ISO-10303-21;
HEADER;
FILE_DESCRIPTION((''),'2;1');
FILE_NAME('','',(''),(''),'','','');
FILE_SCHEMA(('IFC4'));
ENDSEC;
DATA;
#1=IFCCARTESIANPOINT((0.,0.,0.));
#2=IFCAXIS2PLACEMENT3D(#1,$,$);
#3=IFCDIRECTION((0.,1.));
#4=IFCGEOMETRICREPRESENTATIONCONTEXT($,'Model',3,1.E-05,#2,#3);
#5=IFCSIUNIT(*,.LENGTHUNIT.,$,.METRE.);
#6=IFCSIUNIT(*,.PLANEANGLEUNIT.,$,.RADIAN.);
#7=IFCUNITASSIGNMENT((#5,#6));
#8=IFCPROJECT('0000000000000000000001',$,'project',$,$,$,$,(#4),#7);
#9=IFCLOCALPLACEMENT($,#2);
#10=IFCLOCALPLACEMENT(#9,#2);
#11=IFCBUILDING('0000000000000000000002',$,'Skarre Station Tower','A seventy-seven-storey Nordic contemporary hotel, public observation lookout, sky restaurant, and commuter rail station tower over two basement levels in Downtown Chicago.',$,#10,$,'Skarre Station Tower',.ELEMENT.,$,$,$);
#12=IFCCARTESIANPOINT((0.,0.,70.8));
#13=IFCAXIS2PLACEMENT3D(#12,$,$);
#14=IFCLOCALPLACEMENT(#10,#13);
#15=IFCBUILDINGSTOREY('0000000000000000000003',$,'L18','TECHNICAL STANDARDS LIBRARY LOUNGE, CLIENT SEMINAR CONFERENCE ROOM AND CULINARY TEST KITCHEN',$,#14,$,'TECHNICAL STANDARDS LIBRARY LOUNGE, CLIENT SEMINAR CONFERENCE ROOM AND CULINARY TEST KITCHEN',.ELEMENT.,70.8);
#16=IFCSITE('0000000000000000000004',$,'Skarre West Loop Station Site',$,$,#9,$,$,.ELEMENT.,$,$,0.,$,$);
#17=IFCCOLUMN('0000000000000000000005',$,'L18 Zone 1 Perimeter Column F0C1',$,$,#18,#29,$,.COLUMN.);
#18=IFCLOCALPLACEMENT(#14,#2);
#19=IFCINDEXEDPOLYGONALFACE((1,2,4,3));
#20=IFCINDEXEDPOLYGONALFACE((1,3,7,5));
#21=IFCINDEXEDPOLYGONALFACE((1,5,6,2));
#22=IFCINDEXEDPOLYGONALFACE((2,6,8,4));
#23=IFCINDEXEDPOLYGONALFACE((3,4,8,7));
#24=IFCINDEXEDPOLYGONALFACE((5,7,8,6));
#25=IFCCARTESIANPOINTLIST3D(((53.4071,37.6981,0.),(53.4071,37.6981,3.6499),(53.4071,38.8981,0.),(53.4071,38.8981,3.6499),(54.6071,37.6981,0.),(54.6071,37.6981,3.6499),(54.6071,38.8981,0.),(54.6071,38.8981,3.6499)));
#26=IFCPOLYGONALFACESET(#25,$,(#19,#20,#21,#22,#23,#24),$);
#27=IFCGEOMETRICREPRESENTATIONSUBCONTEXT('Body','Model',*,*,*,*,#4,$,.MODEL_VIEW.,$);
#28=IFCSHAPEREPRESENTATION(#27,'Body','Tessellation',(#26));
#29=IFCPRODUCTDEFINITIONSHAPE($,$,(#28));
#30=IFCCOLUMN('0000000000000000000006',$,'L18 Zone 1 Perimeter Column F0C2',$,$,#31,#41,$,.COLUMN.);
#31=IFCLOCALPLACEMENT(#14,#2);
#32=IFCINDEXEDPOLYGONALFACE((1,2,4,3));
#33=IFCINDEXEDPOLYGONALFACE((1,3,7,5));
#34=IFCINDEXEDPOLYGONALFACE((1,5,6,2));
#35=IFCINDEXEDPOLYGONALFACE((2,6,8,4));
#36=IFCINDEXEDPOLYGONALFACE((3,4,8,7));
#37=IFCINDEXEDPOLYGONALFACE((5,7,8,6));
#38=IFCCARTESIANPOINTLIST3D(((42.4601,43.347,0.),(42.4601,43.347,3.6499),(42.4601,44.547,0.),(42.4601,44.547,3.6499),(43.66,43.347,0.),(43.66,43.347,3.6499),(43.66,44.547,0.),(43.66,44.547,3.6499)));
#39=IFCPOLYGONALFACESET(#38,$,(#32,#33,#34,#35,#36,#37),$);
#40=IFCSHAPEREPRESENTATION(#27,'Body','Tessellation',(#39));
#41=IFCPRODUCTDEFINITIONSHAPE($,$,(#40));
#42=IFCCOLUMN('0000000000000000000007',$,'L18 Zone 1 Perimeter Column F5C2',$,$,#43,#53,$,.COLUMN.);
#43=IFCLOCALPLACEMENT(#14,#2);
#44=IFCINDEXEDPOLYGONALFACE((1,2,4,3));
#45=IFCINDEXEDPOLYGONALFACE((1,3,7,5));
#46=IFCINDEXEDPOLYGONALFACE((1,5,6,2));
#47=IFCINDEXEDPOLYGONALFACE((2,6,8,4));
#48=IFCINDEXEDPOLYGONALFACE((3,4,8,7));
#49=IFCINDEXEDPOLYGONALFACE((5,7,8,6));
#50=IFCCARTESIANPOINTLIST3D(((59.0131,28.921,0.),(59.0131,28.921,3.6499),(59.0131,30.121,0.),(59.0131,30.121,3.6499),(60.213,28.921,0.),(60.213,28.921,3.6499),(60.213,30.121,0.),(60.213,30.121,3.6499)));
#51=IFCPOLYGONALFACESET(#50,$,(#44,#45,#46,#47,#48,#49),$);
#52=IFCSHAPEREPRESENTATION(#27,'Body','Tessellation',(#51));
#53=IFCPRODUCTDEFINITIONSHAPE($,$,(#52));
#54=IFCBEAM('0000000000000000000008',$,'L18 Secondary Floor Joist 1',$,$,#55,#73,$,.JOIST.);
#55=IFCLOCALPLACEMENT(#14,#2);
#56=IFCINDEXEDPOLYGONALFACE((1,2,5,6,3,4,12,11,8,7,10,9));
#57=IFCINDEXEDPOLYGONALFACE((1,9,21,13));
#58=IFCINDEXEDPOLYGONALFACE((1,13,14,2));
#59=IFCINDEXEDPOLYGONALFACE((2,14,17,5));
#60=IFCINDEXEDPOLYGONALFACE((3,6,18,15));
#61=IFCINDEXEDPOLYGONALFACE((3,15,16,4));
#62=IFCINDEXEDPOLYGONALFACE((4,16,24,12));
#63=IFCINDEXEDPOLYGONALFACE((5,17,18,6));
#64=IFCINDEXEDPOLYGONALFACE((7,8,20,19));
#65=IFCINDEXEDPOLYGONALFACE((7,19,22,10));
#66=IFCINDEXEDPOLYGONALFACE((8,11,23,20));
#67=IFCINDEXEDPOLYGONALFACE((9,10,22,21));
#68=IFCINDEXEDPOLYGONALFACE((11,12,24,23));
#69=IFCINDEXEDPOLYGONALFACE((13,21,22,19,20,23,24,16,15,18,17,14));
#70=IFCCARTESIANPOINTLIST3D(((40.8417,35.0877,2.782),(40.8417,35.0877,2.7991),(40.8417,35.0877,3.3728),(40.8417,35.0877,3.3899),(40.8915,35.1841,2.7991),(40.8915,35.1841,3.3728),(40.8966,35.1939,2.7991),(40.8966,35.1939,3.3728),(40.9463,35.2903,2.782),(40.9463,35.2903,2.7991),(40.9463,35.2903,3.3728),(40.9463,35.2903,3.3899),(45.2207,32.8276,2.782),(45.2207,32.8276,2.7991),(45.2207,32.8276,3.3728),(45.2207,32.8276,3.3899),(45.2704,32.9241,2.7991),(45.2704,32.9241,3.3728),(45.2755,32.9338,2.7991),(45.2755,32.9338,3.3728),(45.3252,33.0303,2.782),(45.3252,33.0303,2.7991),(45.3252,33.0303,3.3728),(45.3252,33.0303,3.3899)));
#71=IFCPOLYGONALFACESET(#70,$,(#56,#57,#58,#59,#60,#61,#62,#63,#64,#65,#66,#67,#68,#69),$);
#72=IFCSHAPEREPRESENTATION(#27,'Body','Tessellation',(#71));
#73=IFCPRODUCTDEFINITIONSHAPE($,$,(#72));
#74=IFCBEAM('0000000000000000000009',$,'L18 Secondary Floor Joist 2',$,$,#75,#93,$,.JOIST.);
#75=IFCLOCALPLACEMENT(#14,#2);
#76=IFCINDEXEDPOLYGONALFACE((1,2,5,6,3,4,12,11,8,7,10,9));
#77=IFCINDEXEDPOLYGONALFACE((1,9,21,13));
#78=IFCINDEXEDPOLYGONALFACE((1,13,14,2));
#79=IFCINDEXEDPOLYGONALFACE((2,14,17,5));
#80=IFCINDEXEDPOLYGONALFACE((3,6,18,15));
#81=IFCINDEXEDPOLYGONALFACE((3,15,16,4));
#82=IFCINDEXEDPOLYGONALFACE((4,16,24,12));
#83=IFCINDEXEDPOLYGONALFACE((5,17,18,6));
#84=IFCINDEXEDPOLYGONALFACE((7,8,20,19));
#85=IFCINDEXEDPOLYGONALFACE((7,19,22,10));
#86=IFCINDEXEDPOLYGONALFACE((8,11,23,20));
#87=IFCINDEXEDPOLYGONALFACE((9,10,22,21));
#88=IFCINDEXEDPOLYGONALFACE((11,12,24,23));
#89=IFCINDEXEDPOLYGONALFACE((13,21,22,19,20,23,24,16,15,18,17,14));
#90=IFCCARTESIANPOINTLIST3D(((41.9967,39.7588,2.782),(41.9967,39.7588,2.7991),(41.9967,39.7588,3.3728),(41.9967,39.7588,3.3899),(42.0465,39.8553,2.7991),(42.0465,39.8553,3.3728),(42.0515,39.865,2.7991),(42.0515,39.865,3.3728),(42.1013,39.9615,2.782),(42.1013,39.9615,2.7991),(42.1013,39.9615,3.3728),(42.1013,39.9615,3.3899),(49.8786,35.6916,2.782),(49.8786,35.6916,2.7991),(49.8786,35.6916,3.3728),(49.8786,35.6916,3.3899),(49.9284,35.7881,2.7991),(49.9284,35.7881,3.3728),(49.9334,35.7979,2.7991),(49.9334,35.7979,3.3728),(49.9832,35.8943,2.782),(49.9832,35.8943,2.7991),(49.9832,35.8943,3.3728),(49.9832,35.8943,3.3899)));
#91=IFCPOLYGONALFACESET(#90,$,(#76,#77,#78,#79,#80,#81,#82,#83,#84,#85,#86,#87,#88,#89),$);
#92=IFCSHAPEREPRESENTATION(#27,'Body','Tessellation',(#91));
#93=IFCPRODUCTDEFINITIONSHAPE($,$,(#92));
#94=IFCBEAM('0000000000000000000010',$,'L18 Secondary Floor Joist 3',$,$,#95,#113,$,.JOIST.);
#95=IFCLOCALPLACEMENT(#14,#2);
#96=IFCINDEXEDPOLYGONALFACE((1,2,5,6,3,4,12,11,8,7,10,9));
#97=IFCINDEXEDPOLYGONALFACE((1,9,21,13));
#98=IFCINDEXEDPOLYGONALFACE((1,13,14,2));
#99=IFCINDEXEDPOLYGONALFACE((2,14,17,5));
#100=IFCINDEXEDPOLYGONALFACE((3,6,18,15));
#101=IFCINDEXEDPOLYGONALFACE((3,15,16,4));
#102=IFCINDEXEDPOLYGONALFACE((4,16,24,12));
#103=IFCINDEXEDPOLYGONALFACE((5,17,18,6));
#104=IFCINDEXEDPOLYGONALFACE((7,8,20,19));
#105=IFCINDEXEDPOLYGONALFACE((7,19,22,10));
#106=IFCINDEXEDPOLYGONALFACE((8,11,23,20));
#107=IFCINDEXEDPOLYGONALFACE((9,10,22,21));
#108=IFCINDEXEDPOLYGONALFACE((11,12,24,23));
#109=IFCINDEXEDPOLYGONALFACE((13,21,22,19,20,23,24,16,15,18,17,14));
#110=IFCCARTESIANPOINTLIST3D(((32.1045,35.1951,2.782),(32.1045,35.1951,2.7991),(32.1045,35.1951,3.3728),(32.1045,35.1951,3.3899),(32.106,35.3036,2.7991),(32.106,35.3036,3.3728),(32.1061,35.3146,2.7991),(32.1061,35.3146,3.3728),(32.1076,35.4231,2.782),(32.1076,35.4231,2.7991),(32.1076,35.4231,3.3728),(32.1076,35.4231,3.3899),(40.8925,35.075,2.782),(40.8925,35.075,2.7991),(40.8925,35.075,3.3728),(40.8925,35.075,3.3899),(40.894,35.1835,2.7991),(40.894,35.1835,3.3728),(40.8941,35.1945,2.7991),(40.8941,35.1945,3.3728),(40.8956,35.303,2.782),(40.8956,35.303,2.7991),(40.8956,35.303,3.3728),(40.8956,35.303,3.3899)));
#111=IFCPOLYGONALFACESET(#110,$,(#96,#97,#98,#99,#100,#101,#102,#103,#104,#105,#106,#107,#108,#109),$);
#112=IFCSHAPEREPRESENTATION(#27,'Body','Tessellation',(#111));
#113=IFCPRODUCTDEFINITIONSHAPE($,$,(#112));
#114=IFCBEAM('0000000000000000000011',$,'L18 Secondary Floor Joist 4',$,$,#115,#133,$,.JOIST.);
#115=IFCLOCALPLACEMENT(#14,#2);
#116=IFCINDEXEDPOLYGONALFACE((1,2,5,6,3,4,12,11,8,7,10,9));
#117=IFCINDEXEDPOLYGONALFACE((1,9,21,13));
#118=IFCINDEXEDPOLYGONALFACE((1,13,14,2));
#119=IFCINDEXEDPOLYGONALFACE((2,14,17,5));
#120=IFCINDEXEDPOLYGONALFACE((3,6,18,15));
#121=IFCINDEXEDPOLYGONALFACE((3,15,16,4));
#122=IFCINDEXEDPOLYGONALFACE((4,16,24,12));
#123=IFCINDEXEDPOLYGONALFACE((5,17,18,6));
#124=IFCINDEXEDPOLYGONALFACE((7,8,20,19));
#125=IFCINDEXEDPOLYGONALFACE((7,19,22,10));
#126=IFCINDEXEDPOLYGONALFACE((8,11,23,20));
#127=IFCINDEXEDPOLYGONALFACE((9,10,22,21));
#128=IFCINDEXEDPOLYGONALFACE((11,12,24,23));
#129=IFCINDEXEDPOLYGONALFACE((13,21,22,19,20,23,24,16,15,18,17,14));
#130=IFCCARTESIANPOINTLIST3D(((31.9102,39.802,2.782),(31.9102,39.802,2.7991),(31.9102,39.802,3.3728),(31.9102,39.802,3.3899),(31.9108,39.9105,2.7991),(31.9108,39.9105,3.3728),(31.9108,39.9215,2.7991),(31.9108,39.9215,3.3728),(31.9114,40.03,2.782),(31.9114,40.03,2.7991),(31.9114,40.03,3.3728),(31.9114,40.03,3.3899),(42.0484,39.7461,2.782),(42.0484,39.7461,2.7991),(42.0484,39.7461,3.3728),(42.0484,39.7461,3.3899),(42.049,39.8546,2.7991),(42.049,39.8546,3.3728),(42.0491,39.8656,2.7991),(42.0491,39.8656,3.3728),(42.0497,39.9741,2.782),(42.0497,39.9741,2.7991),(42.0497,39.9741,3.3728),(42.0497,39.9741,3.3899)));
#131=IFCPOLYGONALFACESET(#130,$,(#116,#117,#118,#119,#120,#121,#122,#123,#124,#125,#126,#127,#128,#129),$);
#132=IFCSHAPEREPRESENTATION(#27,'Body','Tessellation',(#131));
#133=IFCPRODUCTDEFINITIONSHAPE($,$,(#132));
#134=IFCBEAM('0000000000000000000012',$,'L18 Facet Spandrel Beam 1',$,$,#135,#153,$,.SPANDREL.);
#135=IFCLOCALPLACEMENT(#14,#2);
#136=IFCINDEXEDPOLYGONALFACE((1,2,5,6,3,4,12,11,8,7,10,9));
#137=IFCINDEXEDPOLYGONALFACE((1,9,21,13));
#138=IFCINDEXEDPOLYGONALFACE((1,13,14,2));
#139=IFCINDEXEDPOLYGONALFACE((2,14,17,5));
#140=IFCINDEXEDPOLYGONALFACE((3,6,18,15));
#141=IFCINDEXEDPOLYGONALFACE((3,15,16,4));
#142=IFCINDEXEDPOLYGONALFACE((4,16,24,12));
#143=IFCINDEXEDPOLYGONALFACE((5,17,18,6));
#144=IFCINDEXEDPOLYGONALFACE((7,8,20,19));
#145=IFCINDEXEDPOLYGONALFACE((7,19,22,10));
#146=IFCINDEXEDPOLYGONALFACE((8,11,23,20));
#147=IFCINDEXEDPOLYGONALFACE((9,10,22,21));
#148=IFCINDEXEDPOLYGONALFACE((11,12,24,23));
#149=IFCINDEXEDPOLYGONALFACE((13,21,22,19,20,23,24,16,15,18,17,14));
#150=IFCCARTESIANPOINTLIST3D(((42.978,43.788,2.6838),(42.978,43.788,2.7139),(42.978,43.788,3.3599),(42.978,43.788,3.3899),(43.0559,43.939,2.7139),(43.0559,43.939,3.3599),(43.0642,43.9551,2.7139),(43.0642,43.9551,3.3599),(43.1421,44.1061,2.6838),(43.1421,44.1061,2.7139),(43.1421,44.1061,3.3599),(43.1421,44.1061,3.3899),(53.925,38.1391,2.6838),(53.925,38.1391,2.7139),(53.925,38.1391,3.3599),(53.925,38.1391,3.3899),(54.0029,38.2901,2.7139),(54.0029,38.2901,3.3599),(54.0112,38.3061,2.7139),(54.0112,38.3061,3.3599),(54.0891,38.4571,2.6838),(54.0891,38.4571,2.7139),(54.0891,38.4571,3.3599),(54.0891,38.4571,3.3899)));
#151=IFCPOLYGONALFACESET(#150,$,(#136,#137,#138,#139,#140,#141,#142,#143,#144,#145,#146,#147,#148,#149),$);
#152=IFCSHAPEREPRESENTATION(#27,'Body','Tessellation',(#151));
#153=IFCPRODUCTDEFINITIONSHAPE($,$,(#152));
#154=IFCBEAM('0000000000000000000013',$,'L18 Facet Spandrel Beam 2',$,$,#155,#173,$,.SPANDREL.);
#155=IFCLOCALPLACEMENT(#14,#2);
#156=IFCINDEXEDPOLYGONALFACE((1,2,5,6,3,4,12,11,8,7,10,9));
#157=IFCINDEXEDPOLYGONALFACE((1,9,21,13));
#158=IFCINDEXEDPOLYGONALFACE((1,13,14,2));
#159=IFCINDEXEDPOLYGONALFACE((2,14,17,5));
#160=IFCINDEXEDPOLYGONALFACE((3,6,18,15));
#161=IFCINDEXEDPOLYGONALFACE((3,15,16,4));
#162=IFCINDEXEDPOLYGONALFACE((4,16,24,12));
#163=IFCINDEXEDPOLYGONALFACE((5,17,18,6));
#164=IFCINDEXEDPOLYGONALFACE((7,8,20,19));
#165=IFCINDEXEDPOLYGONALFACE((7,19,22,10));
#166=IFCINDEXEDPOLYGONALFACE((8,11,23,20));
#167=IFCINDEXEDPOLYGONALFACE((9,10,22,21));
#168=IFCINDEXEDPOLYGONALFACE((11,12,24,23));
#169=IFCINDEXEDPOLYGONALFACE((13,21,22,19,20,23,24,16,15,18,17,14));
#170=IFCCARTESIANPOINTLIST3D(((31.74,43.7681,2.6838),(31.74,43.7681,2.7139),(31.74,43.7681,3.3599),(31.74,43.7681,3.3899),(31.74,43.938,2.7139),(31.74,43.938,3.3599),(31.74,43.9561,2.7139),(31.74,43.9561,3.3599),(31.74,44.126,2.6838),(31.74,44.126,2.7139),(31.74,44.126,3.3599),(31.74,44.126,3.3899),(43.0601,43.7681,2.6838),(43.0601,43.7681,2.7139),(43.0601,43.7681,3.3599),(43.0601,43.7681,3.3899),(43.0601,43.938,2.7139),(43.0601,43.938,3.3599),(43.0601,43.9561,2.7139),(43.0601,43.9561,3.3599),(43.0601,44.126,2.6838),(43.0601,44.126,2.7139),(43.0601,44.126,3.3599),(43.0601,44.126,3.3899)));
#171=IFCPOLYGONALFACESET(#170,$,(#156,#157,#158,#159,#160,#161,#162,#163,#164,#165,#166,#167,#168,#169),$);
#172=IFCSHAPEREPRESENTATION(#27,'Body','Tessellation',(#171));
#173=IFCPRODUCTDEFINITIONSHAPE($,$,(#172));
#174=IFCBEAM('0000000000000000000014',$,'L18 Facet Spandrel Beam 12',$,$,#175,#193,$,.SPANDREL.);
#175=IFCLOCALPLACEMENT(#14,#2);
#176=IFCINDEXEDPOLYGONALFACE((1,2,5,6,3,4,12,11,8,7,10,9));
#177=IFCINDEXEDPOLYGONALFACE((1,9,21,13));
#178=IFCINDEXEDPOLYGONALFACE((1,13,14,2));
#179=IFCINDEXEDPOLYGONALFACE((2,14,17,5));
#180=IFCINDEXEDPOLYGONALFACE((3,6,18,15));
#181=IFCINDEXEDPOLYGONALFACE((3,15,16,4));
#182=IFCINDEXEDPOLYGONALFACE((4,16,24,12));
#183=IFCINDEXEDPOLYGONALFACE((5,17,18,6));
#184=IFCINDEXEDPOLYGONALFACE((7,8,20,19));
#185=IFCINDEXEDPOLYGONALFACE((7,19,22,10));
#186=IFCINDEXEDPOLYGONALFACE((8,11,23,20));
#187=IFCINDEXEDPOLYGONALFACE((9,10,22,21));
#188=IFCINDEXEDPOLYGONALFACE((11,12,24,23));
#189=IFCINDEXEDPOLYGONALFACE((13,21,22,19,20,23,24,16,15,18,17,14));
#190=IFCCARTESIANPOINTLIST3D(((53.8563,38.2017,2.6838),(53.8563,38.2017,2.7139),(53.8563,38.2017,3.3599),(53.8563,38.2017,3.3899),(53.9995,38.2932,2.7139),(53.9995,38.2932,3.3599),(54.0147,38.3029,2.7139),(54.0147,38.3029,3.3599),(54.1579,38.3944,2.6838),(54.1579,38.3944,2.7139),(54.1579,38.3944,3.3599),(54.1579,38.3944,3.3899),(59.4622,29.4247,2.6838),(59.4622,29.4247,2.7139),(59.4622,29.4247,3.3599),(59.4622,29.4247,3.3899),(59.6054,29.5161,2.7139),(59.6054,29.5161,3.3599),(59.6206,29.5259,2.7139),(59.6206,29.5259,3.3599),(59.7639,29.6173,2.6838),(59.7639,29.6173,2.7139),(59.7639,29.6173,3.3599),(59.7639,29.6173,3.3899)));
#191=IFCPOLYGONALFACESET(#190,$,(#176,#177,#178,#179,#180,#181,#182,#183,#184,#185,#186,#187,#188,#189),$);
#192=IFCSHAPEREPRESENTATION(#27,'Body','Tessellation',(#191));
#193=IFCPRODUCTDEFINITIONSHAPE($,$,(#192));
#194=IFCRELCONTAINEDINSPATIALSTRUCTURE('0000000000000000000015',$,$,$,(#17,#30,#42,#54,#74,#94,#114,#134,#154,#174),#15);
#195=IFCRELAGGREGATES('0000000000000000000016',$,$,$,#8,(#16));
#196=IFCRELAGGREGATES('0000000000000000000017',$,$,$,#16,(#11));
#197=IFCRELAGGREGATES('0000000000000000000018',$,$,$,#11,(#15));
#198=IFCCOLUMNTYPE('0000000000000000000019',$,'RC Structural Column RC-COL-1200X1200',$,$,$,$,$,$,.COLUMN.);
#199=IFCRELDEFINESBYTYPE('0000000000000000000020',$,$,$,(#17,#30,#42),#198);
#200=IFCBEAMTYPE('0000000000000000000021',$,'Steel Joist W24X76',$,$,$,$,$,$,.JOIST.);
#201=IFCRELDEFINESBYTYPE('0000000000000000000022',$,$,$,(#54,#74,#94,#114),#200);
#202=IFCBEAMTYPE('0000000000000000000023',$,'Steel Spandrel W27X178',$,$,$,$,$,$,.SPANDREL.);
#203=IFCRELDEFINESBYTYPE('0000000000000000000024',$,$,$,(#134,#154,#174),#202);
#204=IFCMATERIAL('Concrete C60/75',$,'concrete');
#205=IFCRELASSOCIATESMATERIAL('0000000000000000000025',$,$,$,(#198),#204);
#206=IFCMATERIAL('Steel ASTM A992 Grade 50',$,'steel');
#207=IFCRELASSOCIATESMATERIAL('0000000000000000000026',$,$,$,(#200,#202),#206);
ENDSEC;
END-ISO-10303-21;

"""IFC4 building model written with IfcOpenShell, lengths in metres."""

from ifc_helpers import new_model, si_unit, direction, frame, origin, origin_2d, place, context, subcontext, project, spatial, rectangle, i_section, extrude, material, material_profile, profile_set, type_object, element, save


model = new_model("IFC4")

# Units and contexts
model_context = context("Model", 3, precision=1e-05, world=origin(), true_north=direction((0.0, 1.0)))
body_context = subcontext(model_context, "Body", "Model", "MODEL_VIEW")
ifc_project = project(units=[si_unit("LENGTHUNIT", "METRE"), si_unit("PLANEANGLEUNIT", "RADIAN")], contexts=[model_context])

# Site, building, storey
site_placement = place(None, origin())
site = spatial("IfcSite", under=ifc_project, at=site_placement, Name="Skarre West Loop Station Site", CompositionType="ELEMENT", RefElevation=0.0)
building_placement = place(site_placement, origin())
building = spatial("IfcBuilding", under=site, at=building_placement, Name="Skarre Station Tower", Description="A seventy-seven-storey Nordic contemporary hotel, public observation lookout, sky restaurant, and commuter rail station tower over two basement levels in Downtown Chicago.", LongName="Skarre Station Tower", CompositionType="ELEMENT")
storey_placement = place(building_placement, frame((0.0, 0.0, 70.8)))
storey = spatial("IfcBuildingStorey", under=building, at=storey_placement, Name="L18", Description="TECHNICAL STANDARDS LIBRARY LOUNGE, CLIENT SEMINAR CONFERENCE ROOM AND CULINARY TEST KITCHEN", LongName="TECHNICAL STANDARDS LIBRARY LOUNGE, CLIENT SEMINAR CONFERENCE ROOM AND CULINARY TEST KITCHEN", CompositionType="ELEMENT", Elevation=70.8)

# Columns
ifc_material_1 = material(Name="Concrete C60/75", Category="concrete")
ifc_material_profile_1 = material_profile(ifc_material_1, rectangle(XDim=1.2, YDim=1.2, at=origin_2d()), Name="Concrete C60/75")
ifc_profile_set_1 = profile_set([ifc_material_profile_1], Name="Concrete C60/75")
column_type = type_object("IfcColumnType", Name="RC Structural Column RC-COL-1200X1200", PredefinedType="COLUMN", material=ifc_profile_set_1)
for number, where, z_axis, x_axis, name in (
    (1, (54.0071, 38.2981, 0.0), (0.0, 0.0, 1.0), (1.0, 0.0, 0.0), "L18 Zone 1 Perimeter Column F0C1"),
    (2, (43.0601, 43.947, 0.0), (0.0, 0.0, 1.0), (1.0, 0.0, 0.0), "L18 Zone 1 Perimeter Column F0C2"),
    (3, (59.613, 29.521, 0.0), (0.0, 0.0, 1.0), (1.0, 0.0, 0.0), "L18 Zone 1 Perimeter Column F5C2"),
):
    element("IfcColumn", number, at=place(storey_placement, frame(where, z_axis=z_axis, x_axis=x_axis)), inside=storey, type_object=column_type, Name=name, PredefinedType="COLUMN", context=body_context, shape_type="SweptSolid", body=[
        extrude(rectangle(XDim=1.2, YDim=1.2, at=origin_2d()), origin(), (0.0, 0.0, 1.0), 3.6499),
    ])

# Beams
ifc_material_2 = material(Name="Steel ASTM A992 Grade 50", Category="steel")
ifc_material_profile_2 = material_profile(ifc_material_2, i_section(OverallWidth=0.228, OverallDepth=0.6079, WebThickness=0.011, FlangeThickness=0.0171, at=origin_2d()), Name="Steel ASTM A992 Grade 50")
ifc_profile_set_2 = profile_set([ifc_material_profile_2], Name="Steel ASTM A992 Grade 50")
beam_type_1 = type_object("IfcBeamType", Name="Steel Joist W24X76", PredefinedType="JOIST", material=ifc_profile_set_2)
beam_1_placement = place(storey_placement, frame((45.2729, 32.929, 3.0859), z_axis=(-0.888627, 0.458632, 0.0), x_axis=(-0.458632, -0.888627, 0.0)))
element("IfcBeam", 4, at=beam_1_placement, inside=storey, type_object=beam_type_1, Name="L18 Secondary Floor Joist 1", PredefinedType="JOIST", context=body_context, shape_type="SweptSolid", body=[
    extrude(i_section(OverallWidth=0.228, OverallDepth=0.6079, WebThickness=0.011, FlangeThickness=0.0171, at=origin_2d()), origin(), (0.0, 0.0, 1.0), 4.9277),
])
beam_2_placement = place(storey_placement, frame((49.9309, 35.793, 3.0859), z_axis=(-0.888662, 0.458562, 0.0), x_axis=(-0.458562, -0.888662, 0.0)))
element("IfcBeam", 5, at=beam_2_placement, inside=storey, type_object=beam_type_1, Name="L18 Secondary Floor Joist 2", PredefinedType="JOIST", context=body_context, shape_type="SweptSolid", body=[
    extrude(i_section(OverallWidth=0.228, OverallDepth=0.6079, WebThickness=0.011, FlangeThickness=0.0171, at=origin_2d()), origin(), (0.0, 0.0, 1.0), 8.8694),
])
beam_3_placement = place(storey_placement, frame((40.894, 35.189, 3.0859), z_axis=(-0.999907, 0.013667, 0.0), x_axis=(-0.013667, -0.999907, 0.0)))
element("IfcBeam", 6, at=beam_3_placement, inside=storey, type_object=beam_type_1, Name="L18 Secondary Floor Joist 3", PredefinedType="JOIST", context=body_context, shape_type="SweptSolid", body=[
    extrude(i_section(OverallWidth=0.228, OverallDepth=0.6079, WebThickness=0.011, FlangeThickness=0.0171, at=origin_2d()), origin(), (0.0, 0.0, 1.0), 8.7888),
])
beam_4_placement = place(storey_placement, frame((42.0491, 39.8601, 3.0859), z_axis=(-0.999985, 0.005515, 0.0), x_axis=(-0.005515, -0.999985, 0.0)))
element("IfcBeam", 7, at=beam_4_placement, inside=storey, type_object=beam_type_1, Name="L18 Secondary Floor Joist 4", PredefinedType="JOIST", context=body_context, shape_type="SweptSolid", body=[
    extrude(i_section(OverallWidth=0.228, OverallDepth=0.6079, WebThickness=0.011, FlangeThickness=0.0171, at=origin_2d()), origin(), (0.0, 0.0, 1.0), 10.1384),
])
ifc_material_profile_3 = material_profile(ifc_material_2, i_section(OverallWidth=0.3579, OverallDepth=0.7061, WebThickness=0.0181, FlangeThickness=0.03, at=origin_2d()), Name="Steel ASTM A992 Grade 50")
ifc_profile_set_3 = profile_set([ifc_material_profile_3], Name="Steel ASTM A992 Grade 50")
beam_type_2 = type_object("IfcBeamType", Name="Steel Spandrel W27X178", PredefinedType="SPANDREL", material=ifc_profile_set_3)
beam_5_placement = place(storey_placement, frame((54.0071, 38.2981, 3.0369), z_axis=(-0.888659, 0.458569, 0.0), x_axis=(-0.458569, -0.888659, 0.0)))
element("IfcBeam", 8, at=beam_5_placement, inside=storey, type_object=beam_type_2, Name="L18 Facet Spandrel Beam 1", PredefinedType="SPANDREL", context=body_context, shape_type="SweptSolid", body=[
    extrude(i_section(OverallWidth=0.3579, OverallDepth=0.7061, WebThickness=0.0181, FlangeThickness=0.03, at=origin_2d()), origin(), (0.0, 0.0, 1.0), 12.3186),
])
beam_6_placement = place(storey_placement, frame((43.0601, 43.947, 3.0369), z_axis=(-1.0, 0.0, 0.0), x_axis=(0.0, -1.0, 0.0)))
element("IfcBeam", 9, at=beam_6_placement, inside=storey, type_object=beam_type_2, Name="L18 Facet Spandrel Beam 2", PredefinedType="SPANDREL", context=body_context, shape_type="SweptSolid", body=[
    extrude(i_section(OverallWidth=0.3579, OverallDepth=0.7061, WebThickness=0.0181, FlangeThickness=0.03, at=origin_2d()), origin(), (0.0, 0.0, 1.0), 11.3201),
])
beam_7_placement = place(storey_placement, frame((59.613, 29.521, 3.0369), z_axis=(-0.538278, 0.842767, 0.0), x_axis=(-0.842767, -0.538278, 0.0)))
element("IfcBeam", 10, at=beam_7_placement, inside=storey, type_object=beam_type_2, Name="L18 Facet Spandrel Beam 12", PredefinedType="SPANDREL", context=body_context, shape_type="SweptSolid", body=[
    extrude(i_section(OverallWidth=0.3579, OverallDepth=0.7061, WebThickness=0.0181, FlangeThickness=0.03, at=origin_2d()), origin(), (0.0, 0.0, 1.0), 10.4146),
])

save(model, "model.ifc")
